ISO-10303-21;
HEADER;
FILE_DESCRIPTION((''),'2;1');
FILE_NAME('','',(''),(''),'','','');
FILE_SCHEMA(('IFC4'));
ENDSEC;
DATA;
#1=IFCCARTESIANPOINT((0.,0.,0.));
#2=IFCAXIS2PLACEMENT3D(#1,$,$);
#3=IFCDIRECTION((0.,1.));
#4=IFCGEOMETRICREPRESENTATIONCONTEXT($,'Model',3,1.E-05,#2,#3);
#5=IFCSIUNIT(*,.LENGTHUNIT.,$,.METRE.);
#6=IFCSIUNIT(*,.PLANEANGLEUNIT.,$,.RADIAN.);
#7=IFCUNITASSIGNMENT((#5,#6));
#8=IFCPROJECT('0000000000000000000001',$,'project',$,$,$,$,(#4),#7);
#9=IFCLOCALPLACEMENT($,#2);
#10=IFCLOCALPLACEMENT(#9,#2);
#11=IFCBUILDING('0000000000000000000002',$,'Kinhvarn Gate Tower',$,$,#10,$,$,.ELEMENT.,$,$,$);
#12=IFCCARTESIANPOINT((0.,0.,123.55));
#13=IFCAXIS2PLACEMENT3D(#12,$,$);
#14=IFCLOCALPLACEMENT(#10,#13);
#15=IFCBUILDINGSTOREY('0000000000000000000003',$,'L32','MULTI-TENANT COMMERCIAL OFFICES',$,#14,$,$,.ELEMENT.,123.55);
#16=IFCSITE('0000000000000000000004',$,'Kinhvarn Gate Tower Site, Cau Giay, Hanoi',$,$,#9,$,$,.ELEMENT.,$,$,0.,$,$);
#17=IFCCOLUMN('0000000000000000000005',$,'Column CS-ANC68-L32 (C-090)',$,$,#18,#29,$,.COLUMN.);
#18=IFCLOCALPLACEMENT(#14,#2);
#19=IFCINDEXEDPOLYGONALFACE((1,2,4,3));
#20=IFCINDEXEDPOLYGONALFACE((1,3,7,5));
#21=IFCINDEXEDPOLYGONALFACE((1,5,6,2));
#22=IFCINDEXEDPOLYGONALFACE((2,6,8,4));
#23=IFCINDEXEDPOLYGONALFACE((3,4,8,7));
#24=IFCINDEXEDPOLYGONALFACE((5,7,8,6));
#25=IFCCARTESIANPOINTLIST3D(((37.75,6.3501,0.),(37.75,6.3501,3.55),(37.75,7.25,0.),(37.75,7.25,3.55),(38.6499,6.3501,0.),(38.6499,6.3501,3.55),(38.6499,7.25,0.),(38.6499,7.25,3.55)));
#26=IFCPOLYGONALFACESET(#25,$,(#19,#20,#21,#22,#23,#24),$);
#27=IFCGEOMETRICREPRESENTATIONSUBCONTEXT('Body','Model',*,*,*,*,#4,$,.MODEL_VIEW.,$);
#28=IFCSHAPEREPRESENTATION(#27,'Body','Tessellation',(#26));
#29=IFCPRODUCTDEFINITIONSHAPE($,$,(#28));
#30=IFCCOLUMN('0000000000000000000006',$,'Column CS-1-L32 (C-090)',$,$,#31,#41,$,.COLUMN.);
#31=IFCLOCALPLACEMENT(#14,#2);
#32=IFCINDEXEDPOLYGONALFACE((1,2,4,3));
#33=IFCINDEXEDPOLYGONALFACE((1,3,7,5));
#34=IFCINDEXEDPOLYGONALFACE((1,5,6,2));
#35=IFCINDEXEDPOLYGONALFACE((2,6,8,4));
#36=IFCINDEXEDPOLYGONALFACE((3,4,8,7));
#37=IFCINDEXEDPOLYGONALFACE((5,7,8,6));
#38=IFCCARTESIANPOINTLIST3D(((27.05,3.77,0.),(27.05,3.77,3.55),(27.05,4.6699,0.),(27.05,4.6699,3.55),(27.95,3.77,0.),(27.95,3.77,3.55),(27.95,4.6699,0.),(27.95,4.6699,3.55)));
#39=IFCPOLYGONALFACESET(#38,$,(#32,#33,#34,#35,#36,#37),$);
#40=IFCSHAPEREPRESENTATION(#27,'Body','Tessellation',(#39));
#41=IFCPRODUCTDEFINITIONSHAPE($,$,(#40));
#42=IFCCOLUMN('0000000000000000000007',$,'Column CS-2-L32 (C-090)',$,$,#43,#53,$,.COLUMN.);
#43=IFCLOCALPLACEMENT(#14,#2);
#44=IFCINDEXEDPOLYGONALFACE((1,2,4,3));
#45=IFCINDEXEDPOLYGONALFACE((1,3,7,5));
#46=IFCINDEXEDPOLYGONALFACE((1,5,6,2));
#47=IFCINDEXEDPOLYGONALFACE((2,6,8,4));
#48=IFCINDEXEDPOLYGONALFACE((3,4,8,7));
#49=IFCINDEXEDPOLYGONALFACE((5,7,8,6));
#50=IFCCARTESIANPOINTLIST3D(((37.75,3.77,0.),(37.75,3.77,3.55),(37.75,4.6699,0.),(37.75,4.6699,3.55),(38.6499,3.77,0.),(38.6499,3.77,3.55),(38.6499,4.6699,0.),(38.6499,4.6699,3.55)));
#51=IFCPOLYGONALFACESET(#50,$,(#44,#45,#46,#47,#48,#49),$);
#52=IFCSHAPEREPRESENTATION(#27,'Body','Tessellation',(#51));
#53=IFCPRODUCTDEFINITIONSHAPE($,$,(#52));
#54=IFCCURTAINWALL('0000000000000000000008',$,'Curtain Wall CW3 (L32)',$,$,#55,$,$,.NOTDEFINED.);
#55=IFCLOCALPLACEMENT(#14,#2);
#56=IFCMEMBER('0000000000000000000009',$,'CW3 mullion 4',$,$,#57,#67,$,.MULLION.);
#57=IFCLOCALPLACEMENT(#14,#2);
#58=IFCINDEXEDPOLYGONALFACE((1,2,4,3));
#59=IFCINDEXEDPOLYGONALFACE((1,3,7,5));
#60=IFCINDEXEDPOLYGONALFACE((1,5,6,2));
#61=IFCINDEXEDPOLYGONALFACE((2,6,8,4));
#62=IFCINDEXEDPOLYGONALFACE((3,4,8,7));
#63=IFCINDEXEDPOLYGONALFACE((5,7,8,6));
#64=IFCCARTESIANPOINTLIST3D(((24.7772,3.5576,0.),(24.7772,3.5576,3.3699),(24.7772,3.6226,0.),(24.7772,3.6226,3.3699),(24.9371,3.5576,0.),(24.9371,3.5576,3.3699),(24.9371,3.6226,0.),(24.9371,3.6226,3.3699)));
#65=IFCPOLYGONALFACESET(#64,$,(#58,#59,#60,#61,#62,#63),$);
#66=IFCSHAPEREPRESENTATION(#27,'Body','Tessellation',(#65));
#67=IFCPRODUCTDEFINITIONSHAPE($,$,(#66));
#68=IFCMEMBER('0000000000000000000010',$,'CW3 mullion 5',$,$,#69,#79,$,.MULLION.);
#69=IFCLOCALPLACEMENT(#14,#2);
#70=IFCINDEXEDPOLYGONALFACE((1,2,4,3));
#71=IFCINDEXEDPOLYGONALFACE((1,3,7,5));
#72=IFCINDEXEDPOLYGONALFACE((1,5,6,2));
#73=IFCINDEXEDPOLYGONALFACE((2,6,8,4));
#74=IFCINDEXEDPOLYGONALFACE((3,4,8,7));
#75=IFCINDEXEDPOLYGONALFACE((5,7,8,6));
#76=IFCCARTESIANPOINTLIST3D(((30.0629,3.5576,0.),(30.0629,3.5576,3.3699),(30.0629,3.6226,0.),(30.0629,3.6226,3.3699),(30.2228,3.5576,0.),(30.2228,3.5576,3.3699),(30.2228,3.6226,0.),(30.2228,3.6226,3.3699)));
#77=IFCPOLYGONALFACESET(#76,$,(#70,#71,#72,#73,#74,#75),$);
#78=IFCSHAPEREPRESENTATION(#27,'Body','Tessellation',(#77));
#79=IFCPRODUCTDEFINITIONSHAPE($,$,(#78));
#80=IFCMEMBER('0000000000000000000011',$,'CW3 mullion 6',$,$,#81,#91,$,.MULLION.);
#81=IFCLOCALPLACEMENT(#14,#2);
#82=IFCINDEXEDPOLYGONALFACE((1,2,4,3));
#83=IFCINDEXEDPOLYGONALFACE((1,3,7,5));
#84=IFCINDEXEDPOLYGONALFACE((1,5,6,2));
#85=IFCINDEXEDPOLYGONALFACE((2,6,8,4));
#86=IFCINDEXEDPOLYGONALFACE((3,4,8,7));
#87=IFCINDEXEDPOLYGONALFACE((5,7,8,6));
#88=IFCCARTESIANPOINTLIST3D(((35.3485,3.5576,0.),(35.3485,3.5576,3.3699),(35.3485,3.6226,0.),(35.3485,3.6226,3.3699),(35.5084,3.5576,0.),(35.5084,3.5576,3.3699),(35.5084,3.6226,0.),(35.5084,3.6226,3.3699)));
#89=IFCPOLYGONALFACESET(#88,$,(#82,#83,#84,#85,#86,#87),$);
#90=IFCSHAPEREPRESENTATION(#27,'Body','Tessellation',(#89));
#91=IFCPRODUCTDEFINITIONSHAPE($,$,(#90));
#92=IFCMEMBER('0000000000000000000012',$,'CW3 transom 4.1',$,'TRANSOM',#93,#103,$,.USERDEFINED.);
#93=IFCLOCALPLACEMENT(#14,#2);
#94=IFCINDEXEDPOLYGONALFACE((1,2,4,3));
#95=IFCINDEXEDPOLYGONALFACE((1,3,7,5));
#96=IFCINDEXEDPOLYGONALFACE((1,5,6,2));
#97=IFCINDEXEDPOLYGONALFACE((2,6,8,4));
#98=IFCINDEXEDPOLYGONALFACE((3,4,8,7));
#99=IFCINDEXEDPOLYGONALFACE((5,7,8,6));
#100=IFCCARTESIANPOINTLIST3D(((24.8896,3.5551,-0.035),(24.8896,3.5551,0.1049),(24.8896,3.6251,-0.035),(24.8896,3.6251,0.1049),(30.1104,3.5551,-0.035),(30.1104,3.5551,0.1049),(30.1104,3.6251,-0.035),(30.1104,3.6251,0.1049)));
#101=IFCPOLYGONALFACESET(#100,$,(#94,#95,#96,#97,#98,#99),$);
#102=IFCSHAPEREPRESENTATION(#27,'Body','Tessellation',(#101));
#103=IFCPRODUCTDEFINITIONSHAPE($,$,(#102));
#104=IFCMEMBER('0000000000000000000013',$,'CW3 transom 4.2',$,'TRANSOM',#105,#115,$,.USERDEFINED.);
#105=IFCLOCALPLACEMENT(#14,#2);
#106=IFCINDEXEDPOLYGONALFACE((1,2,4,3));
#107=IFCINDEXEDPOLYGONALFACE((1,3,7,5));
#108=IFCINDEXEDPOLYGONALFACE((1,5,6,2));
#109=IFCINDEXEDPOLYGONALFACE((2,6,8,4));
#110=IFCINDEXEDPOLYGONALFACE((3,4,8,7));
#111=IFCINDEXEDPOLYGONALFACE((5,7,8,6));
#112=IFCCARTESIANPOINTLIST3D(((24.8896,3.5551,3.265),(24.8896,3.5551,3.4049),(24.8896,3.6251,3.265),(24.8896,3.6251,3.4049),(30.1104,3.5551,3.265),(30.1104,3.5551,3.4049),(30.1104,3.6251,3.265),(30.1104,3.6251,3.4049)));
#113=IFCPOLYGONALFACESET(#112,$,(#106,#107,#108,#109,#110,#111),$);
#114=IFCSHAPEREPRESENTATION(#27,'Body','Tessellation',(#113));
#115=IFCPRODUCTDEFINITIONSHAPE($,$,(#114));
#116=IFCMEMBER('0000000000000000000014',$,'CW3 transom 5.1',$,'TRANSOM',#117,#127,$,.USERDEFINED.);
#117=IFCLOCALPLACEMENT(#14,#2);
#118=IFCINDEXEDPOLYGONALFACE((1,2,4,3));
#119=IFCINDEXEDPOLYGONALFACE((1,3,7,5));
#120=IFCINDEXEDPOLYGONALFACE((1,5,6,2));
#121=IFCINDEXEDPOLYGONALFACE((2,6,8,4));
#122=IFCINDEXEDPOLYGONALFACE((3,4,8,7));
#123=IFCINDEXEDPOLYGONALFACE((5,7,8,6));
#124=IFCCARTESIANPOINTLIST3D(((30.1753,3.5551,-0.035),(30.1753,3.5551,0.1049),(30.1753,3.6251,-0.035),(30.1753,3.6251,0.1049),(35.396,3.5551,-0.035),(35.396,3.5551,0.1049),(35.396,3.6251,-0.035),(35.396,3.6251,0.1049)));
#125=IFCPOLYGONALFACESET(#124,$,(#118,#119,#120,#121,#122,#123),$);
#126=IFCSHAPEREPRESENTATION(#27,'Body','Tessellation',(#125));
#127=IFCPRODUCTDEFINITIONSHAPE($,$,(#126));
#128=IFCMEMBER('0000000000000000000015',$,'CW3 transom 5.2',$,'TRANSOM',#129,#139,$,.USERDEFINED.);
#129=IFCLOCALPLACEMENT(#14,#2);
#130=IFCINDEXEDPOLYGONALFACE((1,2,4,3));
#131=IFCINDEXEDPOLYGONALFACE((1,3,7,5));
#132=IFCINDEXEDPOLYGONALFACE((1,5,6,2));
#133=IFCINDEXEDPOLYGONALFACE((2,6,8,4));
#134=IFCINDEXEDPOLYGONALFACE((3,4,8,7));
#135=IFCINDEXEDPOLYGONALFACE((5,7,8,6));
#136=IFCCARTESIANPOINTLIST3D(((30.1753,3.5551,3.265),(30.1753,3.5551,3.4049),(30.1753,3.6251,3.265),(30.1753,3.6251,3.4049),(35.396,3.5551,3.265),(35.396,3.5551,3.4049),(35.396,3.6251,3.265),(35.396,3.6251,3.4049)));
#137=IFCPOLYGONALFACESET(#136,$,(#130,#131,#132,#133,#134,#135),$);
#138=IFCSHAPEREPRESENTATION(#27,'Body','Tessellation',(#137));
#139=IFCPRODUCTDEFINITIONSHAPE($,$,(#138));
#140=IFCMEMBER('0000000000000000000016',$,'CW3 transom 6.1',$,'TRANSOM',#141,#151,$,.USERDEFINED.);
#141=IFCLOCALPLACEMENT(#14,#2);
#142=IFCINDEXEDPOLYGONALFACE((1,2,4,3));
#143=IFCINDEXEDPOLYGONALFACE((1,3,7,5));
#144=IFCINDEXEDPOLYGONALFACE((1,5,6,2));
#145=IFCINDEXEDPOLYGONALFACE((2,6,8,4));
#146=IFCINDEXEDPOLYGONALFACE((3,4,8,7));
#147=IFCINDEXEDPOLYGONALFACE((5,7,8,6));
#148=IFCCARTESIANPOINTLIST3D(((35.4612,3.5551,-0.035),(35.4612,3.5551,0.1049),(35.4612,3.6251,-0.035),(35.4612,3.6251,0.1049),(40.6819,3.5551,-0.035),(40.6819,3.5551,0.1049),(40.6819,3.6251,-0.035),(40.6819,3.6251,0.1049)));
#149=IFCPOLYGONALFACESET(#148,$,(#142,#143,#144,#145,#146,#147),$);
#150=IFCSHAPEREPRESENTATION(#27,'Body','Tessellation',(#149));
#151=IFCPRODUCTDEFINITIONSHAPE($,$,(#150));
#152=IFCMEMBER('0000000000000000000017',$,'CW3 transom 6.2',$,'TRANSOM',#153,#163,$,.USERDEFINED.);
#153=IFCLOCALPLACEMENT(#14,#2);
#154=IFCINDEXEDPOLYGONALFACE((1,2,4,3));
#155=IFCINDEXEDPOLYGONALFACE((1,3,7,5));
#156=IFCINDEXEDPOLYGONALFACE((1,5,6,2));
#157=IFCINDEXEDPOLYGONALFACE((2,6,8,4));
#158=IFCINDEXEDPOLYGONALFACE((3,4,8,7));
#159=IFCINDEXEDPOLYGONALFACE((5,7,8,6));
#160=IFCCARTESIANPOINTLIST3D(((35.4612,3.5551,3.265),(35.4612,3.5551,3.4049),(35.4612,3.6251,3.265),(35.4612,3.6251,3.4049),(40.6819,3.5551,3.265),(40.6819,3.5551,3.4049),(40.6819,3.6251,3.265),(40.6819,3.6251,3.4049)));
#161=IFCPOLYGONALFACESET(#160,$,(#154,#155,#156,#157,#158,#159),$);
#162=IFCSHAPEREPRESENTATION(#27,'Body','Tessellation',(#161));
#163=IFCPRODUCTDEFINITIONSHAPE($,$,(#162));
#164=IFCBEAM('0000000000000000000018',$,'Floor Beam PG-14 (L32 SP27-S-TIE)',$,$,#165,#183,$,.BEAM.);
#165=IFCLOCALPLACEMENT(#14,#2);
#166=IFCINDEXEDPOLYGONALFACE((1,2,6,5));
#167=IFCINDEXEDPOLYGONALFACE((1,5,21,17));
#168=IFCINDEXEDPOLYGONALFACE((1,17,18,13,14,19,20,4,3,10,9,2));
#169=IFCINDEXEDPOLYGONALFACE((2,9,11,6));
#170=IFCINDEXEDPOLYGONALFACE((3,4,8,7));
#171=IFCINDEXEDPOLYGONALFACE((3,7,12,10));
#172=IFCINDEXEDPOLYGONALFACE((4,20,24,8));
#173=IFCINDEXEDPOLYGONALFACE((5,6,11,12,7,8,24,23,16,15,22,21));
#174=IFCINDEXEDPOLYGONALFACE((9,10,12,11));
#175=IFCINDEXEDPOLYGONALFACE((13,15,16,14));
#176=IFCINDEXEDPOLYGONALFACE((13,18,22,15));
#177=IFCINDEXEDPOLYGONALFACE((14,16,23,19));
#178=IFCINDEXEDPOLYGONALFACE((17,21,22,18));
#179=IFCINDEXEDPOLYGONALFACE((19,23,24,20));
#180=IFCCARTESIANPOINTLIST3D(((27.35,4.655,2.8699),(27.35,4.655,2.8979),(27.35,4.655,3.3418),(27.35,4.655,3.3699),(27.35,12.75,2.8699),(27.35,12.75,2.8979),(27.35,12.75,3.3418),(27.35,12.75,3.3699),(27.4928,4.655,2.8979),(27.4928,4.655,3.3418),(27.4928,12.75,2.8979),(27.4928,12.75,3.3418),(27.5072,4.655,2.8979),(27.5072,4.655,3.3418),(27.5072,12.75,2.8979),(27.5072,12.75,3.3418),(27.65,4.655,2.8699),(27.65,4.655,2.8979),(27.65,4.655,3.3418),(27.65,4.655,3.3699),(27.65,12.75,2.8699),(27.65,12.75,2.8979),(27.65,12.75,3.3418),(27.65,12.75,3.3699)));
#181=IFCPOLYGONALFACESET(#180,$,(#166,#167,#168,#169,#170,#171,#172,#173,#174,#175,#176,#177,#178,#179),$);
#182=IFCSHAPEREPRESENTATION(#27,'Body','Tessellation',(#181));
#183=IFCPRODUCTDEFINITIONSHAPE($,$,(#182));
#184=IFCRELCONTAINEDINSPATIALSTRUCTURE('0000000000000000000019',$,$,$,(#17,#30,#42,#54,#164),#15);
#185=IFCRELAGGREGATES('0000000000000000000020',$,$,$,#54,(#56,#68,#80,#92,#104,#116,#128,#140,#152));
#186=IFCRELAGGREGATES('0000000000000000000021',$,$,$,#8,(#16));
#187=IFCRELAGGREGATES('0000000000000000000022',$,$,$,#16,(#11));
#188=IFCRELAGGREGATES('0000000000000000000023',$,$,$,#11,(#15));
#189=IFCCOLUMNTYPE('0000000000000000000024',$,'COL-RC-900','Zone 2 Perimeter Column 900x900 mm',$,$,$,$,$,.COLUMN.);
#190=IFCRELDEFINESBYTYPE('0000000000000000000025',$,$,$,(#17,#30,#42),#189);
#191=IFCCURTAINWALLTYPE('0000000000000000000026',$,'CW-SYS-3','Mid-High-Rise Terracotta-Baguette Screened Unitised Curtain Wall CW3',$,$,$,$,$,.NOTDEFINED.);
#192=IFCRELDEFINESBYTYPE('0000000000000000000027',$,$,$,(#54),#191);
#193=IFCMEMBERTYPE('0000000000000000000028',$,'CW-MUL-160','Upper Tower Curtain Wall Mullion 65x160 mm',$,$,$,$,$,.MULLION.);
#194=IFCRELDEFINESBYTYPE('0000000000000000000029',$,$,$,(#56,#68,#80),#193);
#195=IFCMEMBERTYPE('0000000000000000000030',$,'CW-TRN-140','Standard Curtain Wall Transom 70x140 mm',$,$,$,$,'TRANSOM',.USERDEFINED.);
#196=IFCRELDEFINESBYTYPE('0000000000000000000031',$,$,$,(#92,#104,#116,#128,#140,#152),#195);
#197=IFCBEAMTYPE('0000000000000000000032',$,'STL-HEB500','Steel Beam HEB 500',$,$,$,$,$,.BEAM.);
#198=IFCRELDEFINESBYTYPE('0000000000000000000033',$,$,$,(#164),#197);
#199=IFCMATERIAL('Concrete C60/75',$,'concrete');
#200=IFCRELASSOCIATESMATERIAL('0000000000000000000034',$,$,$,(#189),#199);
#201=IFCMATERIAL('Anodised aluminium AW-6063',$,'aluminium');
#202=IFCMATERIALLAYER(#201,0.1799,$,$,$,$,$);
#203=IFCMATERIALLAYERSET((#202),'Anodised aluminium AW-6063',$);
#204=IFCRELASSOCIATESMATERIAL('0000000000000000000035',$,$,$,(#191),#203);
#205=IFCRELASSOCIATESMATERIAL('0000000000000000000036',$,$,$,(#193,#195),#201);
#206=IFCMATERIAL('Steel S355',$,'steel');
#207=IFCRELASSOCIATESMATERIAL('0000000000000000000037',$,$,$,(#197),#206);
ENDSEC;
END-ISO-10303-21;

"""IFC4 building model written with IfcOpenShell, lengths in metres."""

from ifc_helpers import new_model, si_unit, direction, frame, origin, origin_2d, place, context, subcontext, project, spatial, rectangle, i_section, extrude, material, layer, layer_set, material_profile, profile_set, type_object, element, aggregate, save


model = new_model("IFC4")

# Units and contexts
model_context = context("Model", 3, precision=1e-05, world=origin(), true_north=direction((0.0, 1.0)))
body_context = subcontext(model_context, "Body", "Model", "MODEL_VIEW")
ifc_project = project(units=[si_unit("LENGTHUNIT", "METRE"), si_unit("PLANEANGLEUNIT", "RADIAN")], contexts=[model_context])

# Site, building, storey
site_placement = place(None, origin())
site = spatial("IfcSite", under=ifc_project, at=site_placement, Name="Kinhvarn Gate Tower Site, Cau Giay, Hanoi", CompositionType="ELEMENT", RefElevation=0.0)
building_placement = place(site_placement, origin())
building = spatial("IfcBuilding", under=site, at=building_placement, Name="Kinhvarn Gate Tower", CompositionType="ELEMENT")
storey_placement = place(building_placement, frame((0.0, 0.0, 123.55)))
storey = spatial("IfcBuildingStorey", under=building, at=storey_placement, Name="L32", Description="MULTI-TENANT COMMERCIAL OFFICES", CompositionType="ELEMENT", Elevation=123.55)

# Columns
ifc_material_1 = material(Name="Concrete C60/75", Category="concrete")
ifc_material_profile_1 = material_profile(ifc_material_1, rectangle(XDim=0.8999, YDim=0.8999, at=origin_2d()), Name="RC 900x900")
ifc_profile_set_1 = profile_set([ifc_material_profile_1], Name="Concrete C60/75")
column_type = type_object("IfcColumnType", Name="COL-RC-900", Description="Zone 2 Perimeter Column 900x900 mm", PredefinedType="COLUMN", material=ifc_profile_set_1)
for number, where, z_axis, x_axis, name in (
    (1, (38.2, 6.8, 0.0), (0.0, 0.0, 1.0), (1.0, 0.0, 0.0), "Column CS-ANC68-L32 (C-090)"),
    (2, (27.5, 4.22, 0.0), (0.0, 0.0, 1.0), (1.0, 0.0, 0.0), "Column CS-1-L32 (C-090)"),
    (3, (38.2, 4.22, 0.0), (0.0, 0.0, 1.0), (1.0, 0.0, 0.0), "Column CS-2-L32 (C-090)"),
):
    element("IfcColumn", number, at=place(storey_placement, frame(where, z_axis=z_axis, x_axis=x_axis)), inside=storey, type_object=column_type, Name=name, PredefinedType="COLUMN", context=body_context, shape_type="SweptSolid", body=[
        extrude(rectangle(XDim=0.8999, YDim=0.8999, at=origin_2d()), origin(), (0.0, 0.0, 1.0), 3.55),
    ])

# Curtain wall, members
ifc_material_2 = material(Name="Anodised aluminium AW-6063", Category="aluminium")
ifc_layer_1 = layer(ifc_material_2, 0.1799)
ifc_layer_set_1 = layer_set([ifc_layer_1], Name="Anodised aluminium AW-6063")
curtain_wall_type = type_object("IfcCurtainWallType", Name="CW-SYS-3", Description="Mid-High-Rise Terracotta-Baguette Screened Unitised Curtain Wall CW3", PredefinedType="NOTDEFINED", material=ifc_layer_set_1)
curtain_wall_placement = place(storey_placement, origin())
curtain_wall = element("IfcCurtainWall", 4, at=curtain_wall_placement, inside=storey, type_object=curtain_wall_type, Name="Curtain Wall CW3 (L32)", PredefinedType="NOTDEFINED")
ifc_material_profile_2 = material_profile(ifc_material_2, rectangle(XDim=0.0649, YDim=0.1599, at=origin_2d()), Name="ALU 65x160")
ifc_profile_set_2 = profile_set([ifc_material_profile_2], Name="Anodised aluminium AW-6063")
member_type_1 = type_object("IfcMemberType", Name="CW-MUL-160", Description="Upper Tower Curtain Wall Mullion 65x160 mm", PredefinedType="MULLION", material=ifc_profile_set_2)
member_1_placement = place(storey_placement, frame((24.8572, 3.5901, 0.0), z_axis=(0.0, 0.0, 1.0), x_axis=(0.0, 1.0, 0.0)))
member_1 = element("IfcMember", 5, at=member_1_placement, type_object=member_type_1, Name="CW3 mullion 4", PredefinedType="MULLION", context=body_context, shape_type="SweptSolid", body=[
    extrude(rectangle(XDim=0.0649, YDim=0.1599, at=origin_2d()), origin(), (0.0, 0.0, 1.0), 3.3699),
])
member_2_placement = place(storey_placement, frame((30.1428, 3.5901, 0.0), z_axis=(0.0, 0.0, 1.0), x_axis=(0.0, 1.0, 0.0)))
member_2 = element("IfcMember", 6, at=member_2_placement, type_object=member_type_1, Name="CW3 mullion 5", PredefinedType="MULLION", context=body_context, shape_type="SweptSolid", body=[
    extrude(rectangle(XDim=0.0649, YDim=0.1599, at=origin_2d()), origin(), (0.0, 0.0, 1.0), 3.3699),
])
member_3_placement = place(storey_placement, frame((35.4285, 3.5901, 0.0), z_axis=(0.0, 0.0, 1.0), x_axis=(0.0, 1.0, 0.0)))
member_3 = element("IfcMember", 7, at=member_3_placement, type_object=member_type_1, Name="CW3 mullion 6", PredefinedType="MULLION", context=body_context, shape_type="SweptSolid", body=[
    extrude(rectangle(XDim=0.0649, YDim=0.1599, at=origin_2d()), origin(), (0.0, 0.0, 1.0), 3.3699),
])
ifc_material_profile_3 = material_profile(ifc_material_2, rectangle(XDim=0.0701, YDim=0.1399, at=origin_2d()), Name="ALU 70x140")
ifc_profile_set_3 = profile_set([ifc_material_profile_3], Name="Anodised aluminium AW-6063")
member_type_2 = type_object("IfcMemberType", Name="CW-TRN-140", Description="Standard Curtain Wall Transom 70x140 mm", ElementType="TRANSOM", PredefinedType="USERDEFINED", material=ifc_profile_set_3)
member_4_placement = place(storey_placement, frame((24.8896, 3.5901, 0.0349), z_axis=(1.0, 0.0, 0.0), x_axis=(0.0, 1.0, 0.0)))
member_4 = element("IfcMember", 8, at=member_4_placement, type_object=member_type_2, Name="CW3 transom 4.1", ObjectType="TRANSOM", PredefinedType="USERDEFINED", context=body_context, shape_type="SweptSolid", body=[
    extrude(rectangle(XDim=0.0701, YDim=0.1399, at=origin_2d()), origin(), (0.0, 0.0, 1.0), 5.2207),
])
member_5_placement = place(storey_placement, frame((24.8896, 3.5901, 3.335), z_axis=(1.0, 0.0, 0.0), x_axis=(0.0, 1.0, 0.0)))
member_5 = element("IfcMember", 9, at=member_5_placement, type_object=member_type_2, Name="CW3 transom 4.2", ObjectType="TRANSOM", PredefinedType="USERDEFINED", context=body_context, shape_type="SweptSolid", body=[
    extrude(rectangle(XDim=0.0701, YDim=0.1399, at=origin_2d()), origin(), (0.0, 0.0, 1.0), 5.2207),
])
member_6_placement = place(storey_placement, frame((30.1753, 3.5901, 0.0349), z_axis=(1.0, 0.0, 0.0), x_axis=(0.0, 1.0, 0.0)))
member_6 = element("IfcMember", 10, at=member_6_placement, type_object=member_type_2, Name="CW3 transom 5.1", ObjectType="TRANSOM", PredefinedType="USERDEFINED", context=body_context, shape_type="SweptSolid", body=[
    extrude(rectangle(XDim=0.0701, YDim=0.1399, at=origin_2d()), origin(), (0.0, 0.0, 1.0), 5.2207),
])
member_7_placement = place(storey_placement, frame((30.1753, 3.5901, 3.335), z_axis=(1.0, 0.0, 0.0), x_axis=(0.0, 1.0, 0.0)))
member_7 = element("IfcMember", 11, at=member_7_placement, type_object=member_type_2, Name="CW3 transom 5.2", ObjectType="TRANSOM", PredefinedType="USERDEFINED", context=body_context, shape_type="SweptSolid", body=[
    extrude(rectangle(XDim=0.0701, YDim=0.1399, at=origin_2d()), origin(), (0.0, 0.0, 1.0), 5.2207),
])
member_8_placement = place(storey_placement, frame((35.4612, 3.5901, 0.0349), z_axis=(1.0, 0.0, 0.0), x_axis=(0.0, 1.0, 0.0)))
member_8 = element("IfcMember", 12, at=member_8_placement, type_object=member_type_2, Name="CW3 transom 6.1", ObjectType="TRANSOM", PredefinedType="USERDEFINED", context=body_context, shape_type="SweptSolid", body=[
    extrude(rectangle(XDim=0.0701, YDim=0.1399, at=origin_2d()), origin(), (0.0, 0.0, 1.0), 5.2207),
])
member_9_placement = place(storey_placement, frame((35.4612, 3.5901, 3.335), z_axis=(1.0, 0.0, 0.0), x_axis=(0.0, 1.0, 0.0)))
member_9 = element("IfcMember", 13, at=member_9_placement, type_object=member_type_2, Name="CW3 transom 6.2", ObjectType="TRANSOM", PredefinedType="USERDEFINED", context=body_context, shape_type="SweptSolid", body=[
    extrude(rectangle(XDim=0.0701, YDim=0.1399, at=origin_2d()), origin(), (0.0, 0.0, 1.0), 5.2207),
])

# Beam
ifc_material_3 = material(Name="Steel S355", Category="steel")
ifc_material_profile_4 = material_profile(ifc_material_3, i_section(OverallWidth=0.3, OverallDepth=0.5, WebThickness=0.0144, FlangeThickness=0.0281, at=origin_2d()), Name="HEB 500")
ifc_profile_set_4 = profile_set([ifc_material_profile_4], Name="Steel S355")
beam_type_1 = type_object("IfcBeamType", Name="STL-HEB500", Description="Steel Beam HEB 500", PredefinedType="BEAM", material=ifc_profile_set_4)
beam_1_placement = place(storey_placement, frame((27.5, 4.655, 3.1199), z_axis=(0.0, 1.0, 0.0), x_axis=(-1.0, 0.0, 0.0)))
element("IfcBeam", 14, at=beam_1_placement, inside=storey, type_object=beam_type_1, Name="Floor Beam PG-14 (L32 SP27-S-TIE)", PredefinedType="BEAM", context=body_context, shape_type="SweptSolid", body=[
    extrude(i_section(OverallWidth=0.3, OverallDepth=0.5, WebThickness=0.0144, FlangeThickness=0.0281, at=origin_2d()), origin(), (0.0, 0.0, 1.0), 8.095),
])

aggregate(curtain_wall, [member_1, member_2, member_3, member_4, member_5, member_6, member_7, member_8, member_9])

save(model, "model.ifc")
